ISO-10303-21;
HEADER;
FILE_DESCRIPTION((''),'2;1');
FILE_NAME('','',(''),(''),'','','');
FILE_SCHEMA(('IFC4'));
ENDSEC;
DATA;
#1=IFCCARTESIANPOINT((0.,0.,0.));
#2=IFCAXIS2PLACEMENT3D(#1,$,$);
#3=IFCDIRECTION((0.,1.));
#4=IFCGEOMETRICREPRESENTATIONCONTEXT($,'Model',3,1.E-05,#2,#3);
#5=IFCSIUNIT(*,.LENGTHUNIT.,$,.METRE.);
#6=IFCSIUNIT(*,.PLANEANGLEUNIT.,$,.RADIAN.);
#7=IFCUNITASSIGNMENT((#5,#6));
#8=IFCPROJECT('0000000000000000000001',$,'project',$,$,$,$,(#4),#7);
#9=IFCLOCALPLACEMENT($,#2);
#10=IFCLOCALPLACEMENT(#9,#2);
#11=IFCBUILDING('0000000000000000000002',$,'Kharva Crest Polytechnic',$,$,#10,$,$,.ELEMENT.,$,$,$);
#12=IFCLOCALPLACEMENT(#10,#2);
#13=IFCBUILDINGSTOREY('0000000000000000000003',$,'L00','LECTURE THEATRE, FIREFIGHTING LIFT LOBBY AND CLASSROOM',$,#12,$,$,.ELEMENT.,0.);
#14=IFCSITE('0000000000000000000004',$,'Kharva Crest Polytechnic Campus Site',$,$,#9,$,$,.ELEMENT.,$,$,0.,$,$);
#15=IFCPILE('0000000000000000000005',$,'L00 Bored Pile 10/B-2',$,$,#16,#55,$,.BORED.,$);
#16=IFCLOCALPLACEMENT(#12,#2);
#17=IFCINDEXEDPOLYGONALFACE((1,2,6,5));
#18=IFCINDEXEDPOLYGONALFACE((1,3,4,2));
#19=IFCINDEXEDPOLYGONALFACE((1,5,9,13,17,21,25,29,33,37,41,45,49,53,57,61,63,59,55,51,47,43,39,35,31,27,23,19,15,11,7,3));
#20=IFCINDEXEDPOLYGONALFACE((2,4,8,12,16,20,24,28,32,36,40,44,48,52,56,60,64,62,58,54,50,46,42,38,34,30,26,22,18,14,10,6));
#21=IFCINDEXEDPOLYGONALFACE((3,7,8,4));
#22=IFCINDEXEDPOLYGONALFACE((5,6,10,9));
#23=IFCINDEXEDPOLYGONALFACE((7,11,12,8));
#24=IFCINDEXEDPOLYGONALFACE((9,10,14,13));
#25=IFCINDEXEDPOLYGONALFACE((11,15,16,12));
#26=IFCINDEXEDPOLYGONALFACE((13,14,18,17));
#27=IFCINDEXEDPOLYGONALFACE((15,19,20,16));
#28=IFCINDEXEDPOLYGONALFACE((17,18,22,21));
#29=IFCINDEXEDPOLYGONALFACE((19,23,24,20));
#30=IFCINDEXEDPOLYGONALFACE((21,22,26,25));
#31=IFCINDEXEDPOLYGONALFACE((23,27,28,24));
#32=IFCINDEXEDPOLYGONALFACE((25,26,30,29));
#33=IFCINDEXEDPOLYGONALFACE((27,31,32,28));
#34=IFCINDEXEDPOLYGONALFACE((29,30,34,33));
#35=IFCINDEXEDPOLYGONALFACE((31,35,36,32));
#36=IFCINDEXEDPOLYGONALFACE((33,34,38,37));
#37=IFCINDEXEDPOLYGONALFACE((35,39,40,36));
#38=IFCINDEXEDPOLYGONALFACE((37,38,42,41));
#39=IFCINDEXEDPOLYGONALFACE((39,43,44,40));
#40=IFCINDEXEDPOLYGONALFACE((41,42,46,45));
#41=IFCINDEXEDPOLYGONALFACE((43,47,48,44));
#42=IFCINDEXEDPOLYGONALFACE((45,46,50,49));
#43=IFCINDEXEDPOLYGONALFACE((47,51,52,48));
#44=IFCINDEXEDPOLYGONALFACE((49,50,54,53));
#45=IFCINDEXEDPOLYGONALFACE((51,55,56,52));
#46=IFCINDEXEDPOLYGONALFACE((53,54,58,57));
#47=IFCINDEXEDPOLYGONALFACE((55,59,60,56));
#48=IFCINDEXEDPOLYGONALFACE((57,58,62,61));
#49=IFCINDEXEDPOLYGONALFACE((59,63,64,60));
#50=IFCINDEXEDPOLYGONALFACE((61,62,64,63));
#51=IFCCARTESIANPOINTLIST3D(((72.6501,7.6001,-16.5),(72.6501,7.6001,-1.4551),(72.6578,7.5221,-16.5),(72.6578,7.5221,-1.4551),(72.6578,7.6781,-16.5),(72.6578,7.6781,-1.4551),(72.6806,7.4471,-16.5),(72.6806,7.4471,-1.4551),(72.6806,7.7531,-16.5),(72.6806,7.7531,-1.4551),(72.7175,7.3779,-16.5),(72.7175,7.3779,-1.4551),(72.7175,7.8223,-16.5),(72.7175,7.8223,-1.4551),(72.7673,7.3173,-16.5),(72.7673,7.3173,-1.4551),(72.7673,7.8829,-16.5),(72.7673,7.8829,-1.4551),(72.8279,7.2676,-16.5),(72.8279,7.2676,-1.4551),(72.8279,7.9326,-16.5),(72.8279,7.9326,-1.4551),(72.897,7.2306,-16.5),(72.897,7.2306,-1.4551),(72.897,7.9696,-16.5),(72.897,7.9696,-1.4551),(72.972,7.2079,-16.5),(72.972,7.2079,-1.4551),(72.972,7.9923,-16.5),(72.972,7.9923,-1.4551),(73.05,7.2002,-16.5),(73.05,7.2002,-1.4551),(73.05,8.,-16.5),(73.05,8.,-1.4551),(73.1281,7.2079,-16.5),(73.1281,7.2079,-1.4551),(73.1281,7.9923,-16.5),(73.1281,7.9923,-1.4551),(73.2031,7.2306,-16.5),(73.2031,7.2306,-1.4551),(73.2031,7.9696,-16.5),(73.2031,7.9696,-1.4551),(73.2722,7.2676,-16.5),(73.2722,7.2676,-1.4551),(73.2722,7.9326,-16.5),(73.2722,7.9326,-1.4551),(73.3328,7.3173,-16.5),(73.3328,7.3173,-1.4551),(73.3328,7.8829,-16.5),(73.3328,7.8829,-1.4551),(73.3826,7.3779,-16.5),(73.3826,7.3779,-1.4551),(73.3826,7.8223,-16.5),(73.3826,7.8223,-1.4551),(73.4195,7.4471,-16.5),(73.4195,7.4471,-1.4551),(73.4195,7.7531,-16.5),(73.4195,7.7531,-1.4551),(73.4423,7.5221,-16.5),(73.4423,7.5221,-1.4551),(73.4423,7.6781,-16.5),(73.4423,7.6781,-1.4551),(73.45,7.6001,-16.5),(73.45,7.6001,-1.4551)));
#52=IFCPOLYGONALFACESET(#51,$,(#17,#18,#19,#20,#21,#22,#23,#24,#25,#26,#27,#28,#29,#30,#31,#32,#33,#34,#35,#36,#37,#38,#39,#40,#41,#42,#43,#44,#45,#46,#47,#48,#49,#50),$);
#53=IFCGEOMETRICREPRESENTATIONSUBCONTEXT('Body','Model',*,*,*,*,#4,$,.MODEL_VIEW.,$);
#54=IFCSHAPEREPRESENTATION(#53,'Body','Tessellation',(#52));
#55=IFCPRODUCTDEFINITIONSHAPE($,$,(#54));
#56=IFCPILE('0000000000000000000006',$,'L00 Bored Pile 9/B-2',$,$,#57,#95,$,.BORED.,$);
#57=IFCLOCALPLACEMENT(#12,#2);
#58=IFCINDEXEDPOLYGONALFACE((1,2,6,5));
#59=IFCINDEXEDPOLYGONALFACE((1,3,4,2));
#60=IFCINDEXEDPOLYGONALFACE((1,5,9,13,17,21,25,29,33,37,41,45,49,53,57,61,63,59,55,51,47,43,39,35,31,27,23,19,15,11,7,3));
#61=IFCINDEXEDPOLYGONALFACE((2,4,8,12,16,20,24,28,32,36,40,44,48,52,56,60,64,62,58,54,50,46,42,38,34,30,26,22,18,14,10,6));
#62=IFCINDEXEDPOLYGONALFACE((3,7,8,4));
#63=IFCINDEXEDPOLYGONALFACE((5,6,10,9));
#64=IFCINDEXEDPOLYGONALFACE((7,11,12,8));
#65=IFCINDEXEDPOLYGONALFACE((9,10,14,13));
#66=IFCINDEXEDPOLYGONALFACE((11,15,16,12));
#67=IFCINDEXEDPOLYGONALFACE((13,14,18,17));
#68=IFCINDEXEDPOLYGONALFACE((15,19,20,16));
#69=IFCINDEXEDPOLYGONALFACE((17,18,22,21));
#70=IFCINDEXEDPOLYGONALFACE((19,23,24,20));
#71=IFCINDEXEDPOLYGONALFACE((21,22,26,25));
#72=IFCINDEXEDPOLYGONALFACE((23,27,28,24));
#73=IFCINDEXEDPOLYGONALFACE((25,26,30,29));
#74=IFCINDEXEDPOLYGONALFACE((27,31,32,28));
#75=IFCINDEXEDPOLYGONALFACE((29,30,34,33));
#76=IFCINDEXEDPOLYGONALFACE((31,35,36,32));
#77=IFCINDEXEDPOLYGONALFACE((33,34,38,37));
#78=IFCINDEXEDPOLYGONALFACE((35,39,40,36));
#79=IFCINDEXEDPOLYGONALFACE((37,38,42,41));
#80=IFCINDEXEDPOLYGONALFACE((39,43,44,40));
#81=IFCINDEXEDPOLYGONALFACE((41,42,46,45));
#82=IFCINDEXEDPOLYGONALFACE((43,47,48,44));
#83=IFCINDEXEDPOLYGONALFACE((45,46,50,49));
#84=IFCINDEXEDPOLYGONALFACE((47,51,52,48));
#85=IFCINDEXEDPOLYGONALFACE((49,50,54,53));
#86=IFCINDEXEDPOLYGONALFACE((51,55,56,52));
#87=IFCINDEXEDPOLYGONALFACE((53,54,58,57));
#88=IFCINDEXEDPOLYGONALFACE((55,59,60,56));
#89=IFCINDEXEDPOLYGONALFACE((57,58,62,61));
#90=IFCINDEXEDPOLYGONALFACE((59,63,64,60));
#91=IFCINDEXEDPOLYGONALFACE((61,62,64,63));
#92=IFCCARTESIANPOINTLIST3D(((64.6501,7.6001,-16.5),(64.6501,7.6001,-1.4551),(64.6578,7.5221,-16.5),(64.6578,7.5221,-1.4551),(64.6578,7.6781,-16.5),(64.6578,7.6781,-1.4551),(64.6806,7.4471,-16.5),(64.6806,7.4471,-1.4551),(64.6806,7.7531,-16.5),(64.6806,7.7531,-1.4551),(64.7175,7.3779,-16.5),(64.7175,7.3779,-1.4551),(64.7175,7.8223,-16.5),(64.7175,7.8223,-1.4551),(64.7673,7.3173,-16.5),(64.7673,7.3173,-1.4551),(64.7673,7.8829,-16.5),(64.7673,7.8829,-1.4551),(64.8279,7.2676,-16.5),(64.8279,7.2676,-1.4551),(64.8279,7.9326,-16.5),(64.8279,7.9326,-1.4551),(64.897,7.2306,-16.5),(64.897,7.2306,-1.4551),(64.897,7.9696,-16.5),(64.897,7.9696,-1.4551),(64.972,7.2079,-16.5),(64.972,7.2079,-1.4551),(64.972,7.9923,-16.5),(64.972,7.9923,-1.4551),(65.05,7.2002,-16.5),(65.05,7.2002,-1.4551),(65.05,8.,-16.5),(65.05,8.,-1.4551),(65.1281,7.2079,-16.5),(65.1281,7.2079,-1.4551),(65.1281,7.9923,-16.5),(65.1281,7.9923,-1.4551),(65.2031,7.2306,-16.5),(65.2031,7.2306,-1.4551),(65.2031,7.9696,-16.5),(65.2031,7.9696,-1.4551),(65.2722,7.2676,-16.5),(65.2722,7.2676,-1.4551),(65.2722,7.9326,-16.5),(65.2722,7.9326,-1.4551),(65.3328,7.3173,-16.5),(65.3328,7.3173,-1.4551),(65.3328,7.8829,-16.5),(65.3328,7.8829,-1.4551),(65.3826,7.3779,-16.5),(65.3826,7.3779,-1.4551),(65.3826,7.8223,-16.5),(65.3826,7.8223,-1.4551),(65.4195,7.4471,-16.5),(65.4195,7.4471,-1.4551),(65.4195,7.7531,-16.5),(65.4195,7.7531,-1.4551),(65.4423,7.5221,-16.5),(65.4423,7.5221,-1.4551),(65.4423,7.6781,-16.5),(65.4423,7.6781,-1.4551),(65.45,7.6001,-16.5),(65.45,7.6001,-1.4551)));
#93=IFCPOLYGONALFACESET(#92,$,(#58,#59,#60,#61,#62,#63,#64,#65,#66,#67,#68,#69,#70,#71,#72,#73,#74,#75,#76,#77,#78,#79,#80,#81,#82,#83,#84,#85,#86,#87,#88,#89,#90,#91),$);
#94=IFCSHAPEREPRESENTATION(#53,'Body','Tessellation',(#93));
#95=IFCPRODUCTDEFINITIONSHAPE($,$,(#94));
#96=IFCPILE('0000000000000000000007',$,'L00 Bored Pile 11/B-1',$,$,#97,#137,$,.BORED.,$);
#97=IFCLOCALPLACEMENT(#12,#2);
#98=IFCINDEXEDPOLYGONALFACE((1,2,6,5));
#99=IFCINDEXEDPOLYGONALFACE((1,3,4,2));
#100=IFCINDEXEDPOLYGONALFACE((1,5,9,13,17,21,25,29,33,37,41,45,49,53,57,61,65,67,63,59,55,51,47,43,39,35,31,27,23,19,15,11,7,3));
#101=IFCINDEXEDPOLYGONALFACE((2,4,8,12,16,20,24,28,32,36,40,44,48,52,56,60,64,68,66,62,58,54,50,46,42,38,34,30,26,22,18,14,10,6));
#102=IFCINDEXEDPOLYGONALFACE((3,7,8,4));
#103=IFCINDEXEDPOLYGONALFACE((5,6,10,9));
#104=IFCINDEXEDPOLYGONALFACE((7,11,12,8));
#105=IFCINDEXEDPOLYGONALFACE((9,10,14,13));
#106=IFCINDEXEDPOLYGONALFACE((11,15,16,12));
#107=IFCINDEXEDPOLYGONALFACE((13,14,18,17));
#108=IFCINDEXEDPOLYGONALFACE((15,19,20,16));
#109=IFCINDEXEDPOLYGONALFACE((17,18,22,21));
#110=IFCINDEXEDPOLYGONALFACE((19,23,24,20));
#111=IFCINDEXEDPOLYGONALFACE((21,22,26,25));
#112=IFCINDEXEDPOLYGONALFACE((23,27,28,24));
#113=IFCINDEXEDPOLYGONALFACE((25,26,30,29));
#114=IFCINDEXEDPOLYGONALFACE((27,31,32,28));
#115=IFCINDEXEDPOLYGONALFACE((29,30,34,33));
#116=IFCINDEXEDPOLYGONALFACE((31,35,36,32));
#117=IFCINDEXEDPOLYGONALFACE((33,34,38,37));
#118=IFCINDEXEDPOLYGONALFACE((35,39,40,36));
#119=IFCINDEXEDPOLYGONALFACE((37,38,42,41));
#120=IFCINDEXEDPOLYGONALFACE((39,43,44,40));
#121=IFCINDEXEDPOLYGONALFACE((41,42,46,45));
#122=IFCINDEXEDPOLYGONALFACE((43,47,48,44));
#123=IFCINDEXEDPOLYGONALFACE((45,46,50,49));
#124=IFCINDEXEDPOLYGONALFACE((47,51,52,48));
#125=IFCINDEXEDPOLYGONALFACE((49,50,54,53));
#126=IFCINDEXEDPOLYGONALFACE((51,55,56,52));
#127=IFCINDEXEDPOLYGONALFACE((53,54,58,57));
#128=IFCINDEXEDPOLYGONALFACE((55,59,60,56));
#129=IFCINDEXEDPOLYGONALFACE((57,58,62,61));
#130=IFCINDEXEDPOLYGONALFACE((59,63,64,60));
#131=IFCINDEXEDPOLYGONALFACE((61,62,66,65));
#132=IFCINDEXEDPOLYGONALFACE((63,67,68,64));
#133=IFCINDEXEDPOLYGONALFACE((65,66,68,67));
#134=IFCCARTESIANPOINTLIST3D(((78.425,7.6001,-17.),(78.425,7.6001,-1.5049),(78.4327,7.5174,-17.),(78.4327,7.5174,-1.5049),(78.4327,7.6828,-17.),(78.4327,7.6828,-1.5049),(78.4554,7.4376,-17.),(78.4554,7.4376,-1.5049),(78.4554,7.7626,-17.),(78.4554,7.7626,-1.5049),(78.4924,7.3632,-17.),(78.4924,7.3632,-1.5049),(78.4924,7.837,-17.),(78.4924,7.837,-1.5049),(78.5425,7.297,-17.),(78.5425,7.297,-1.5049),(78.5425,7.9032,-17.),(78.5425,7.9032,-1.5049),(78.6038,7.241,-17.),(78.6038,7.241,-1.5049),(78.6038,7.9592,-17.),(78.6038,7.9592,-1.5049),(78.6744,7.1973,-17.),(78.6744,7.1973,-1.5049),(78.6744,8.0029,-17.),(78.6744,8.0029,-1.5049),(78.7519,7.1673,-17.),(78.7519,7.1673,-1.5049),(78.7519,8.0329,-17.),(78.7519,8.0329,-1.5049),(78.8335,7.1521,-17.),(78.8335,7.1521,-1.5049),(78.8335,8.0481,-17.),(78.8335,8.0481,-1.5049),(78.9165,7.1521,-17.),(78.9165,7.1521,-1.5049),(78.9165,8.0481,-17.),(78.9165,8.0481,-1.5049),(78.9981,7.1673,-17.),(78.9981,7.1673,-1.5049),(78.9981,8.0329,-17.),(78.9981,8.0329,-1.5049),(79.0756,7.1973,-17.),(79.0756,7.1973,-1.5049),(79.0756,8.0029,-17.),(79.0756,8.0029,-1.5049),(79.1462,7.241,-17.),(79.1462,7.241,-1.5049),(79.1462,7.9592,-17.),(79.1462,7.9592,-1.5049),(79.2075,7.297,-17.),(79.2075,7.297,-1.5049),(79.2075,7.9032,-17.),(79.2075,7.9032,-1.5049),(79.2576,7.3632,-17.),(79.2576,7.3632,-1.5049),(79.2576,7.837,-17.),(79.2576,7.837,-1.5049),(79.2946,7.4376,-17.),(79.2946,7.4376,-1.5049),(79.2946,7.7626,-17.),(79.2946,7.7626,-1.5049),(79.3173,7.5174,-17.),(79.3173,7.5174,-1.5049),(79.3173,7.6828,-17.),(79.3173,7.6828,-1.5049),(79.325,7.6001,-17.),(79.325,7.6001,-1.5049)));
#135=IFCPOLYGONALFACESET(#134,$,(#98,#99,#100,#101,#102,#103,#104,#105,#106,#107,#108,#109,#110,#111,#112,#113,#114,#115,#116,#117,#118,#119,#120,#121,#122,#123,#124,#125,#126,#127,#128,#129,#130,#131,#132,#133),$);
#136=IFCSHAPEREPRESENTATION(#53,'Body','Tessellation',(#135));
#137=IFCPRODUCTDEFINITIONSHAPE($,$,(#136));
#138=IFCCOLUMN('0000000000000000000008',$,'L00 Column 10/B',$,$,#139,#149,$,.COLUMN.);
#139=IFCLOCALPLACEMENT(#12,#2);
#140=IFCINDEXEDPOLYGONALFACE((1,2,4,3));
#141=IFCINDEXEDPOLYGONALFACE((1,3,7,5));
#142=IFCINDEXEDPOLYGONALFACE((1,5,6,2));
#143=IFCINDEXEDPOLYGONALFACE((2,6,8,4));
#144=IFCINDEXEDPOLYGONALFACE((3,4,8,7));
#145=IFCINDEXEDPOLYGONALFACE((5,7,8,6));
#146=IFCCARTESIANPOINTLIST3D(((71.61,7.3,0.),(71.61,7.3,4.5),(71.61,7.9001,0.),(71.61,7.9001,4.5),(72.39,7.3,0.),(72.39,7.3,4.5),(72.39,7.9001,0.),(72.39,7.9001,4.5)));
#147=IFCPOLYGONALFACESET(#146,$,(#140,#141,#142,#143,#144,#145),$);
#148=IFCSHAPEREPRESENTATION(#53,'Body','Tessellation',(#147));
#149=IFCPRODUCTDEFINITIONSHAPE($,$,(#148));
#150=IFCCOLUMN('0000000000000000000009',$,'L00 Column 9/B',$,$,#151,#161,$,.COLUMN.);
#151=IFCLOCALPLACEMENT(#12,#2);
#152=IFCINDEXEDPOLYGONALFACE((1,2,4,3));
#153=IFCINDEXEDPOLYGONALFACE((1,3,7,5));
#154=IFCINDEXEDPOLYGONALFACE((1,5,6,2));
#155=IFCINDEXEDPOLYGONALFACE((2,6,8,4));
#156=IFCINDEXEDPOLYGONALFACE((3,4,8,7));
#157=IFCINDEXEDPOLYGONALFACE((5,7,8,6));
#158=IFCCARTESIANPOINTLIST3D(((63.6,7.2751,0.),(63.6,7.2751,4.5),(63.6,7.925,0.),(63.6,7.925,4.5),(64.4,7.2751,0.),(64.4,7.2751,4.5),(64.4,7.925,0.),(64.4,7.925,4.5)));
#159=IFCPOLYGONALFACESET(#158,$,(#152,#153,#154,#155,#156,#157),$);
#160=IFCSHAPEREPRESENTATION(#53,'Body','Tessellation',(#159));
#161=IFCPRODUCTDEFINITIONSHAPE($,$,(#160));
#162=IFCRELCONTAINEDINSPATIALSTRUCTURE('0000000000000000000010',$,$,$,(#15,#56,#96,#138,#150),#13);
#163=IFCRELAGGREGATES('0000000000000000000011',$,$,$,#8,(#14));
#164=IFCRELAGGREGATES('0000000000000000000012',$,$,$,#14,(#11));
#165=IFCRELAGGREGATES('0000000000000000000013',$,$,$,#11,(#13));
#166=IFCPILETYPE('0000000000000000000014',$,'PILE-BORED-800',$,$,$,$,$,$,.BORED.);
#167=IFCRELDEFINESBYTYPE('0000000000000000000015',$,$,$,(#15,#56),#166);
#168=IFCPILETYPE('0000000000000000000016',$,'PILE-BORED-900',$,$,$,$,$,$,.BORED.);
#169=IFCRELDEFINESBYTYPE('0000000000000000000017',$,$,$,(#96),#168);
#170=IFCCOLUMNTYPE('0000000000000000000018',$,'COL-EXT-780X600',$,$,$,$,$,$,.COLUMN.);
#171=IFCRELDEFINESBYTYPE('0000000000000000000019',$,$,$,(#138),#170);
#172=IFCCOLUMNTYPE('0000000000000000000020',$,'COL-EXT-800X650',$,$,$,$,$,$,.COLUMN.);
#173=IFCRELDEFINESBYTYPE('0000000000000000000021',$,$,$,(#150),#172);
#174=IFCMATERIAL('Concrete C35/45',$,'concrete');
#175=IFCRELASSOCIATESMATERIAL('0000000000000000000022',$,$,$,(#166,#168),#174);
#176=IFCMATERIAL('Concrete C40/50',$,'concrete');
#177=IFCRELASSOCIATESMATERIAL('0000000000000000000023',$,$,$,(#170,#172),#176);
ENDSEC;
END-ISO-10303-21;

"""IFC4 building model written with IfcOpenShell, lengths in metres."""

from ifc_helpers import new_model, si_unit, direction, frame, origin, origin_2d, place, context, subcontext, project, spatial, rectangle, circle, extrude, material, material_profile, profile_set, type_object, element, save


model = new_model("IFC4")

# Units and contexts
model_context = context("Model", 3, precision=1e-05, world=origin(), true_north=direction((0.0, 1.0)))
body_context = subcontext(model_context, "Body", "Model", "MODEL_VIEW")
ifc_project = project(units=[si_unit("LENGTHUNIT", "METRE"), si_unit("PLANEANGLEUNIT", "RADIAN")], contexts=[model_context])

# Site, building, storey
site_placement = place(None, origin())
site = spatial("IfcSite", under=ifc_project, at=site_placement, Name="Kharva Crest Polytechnic Campus Site", CompositionType="ELEMENT", RefElevation=0.0)
building_placement = place(site_placement, origin())
building = spatial("IfcBuilding", under=site, at=building_placement, Name="Kharva Crest Polytechnic", CompositionType="ELEMENT")
storey_placement = place(building_placement, origin())
storey = spatial("IfcBuildingStorey", under=building, at=storey_placement, Name="L00", Description="LECTURE THEATRE, FIREFIGHTING LIFT LOBBY AND CLASSROOM", CompositionType="ELEMENT", Elevation=0.0)

# Shared definitions
ifc_material_1 = material(Name="Concrete C35/45", Category="concrete")

# Piles
ifc_material_profile_1 = material_profile(ifc_material_1, circle(Radius=0.3999, at=origin_2d()), Name="DIA 800")
ifc_profile_set_1 = profile_set([ifc_material_profile_1], Name="Concrete C35/45")
pile_type_1 = type_object("IfcPileType", Name="PILE-BORED-800", PredefinedType="BORED", material=ifc_profile_set_1)
for number, where, z_axis, x_axis, name in (
    (1, (73.05, 7.6001, -1.4551), (0.0, 0.0, -1.0), (1.0, 0.0, 0.0), "L00 Bored Pile 10/B-2"),
    (2, (65.05, 7.6001, -1.4551), (0.0, 0.0, -1.0), (1.0, 0.0, 0.0), "L00 Bored Pile 9/B-2"),
):
    element("IfcPile", number, at=place(storey_placement, frame(where, z_axis=z_axis, x_axis=x_axis)), inside=storey, type_object=pile_type_1, Name=name, PredefinedType="BORED", context=body_context, shape_type="SweptSolid", body=[
        extrude(circle(Radius=0.3999, at=origin_2d()), origin(), (0.0, 0.0, 1.0), 15.0449),
    ])
ifc_material_profile_2 = material_profile(ifc_material_1, circle(Radius=0.45, at=origin_2d()), Name="DIA 900")
ifc_profile_set_2 = profile_set([ifc_material_profile_2], Name="Concrete C35/45")
pile_type_2 = type_object("IfcPileType", Name="PILE-BORED-900", PredefinedType="BORED", material=ifc_profile_set_2)
pile_placement = place(storey_placement, frame((78.875, 7.6001, -1.5049), z_axis=(0.0, 0.0, -1.0), x_axis=(1.0, 0.0, 0.0)))
element("IfcPile", 3, at=pile_placement, inside=storey, type_object=pile_type_2, Name="L00 Bored Pile 11/B-1", PredefinedType="BORED", context=body_context, shape_type="SweptSolid", body=[
    extrude(circle(Radius=0.45, at=origin_2d()), origin(), (0.0, 0.0, 1.0), 15.4951),
])

# Columns
ifc_material_2 = material(Name="Concrete C40/50", Category="concrete")
ifc_material_profile_3 = material_profile(ifc_material_2, rectangle(XDim=0.78, YDim=0.6001, at=origin_2d()), Name="RECT 780 X 600")
ifc_profile_set_3 = profile_set([ifc_material_profile_3], Name="Concrete C40/50")
column_type_1 = type_object("IfcColumnType", Name="COL-EXT-780X600", PredefinedType="COLUMN", material=ifc_profile_set_3)
column_1_placement = place(storey_placement, frame((72.0, 7.6001, 0.0), z_axis=(0.0, 0.0, 1.0), x_axis=(1.0, 0.0, 0.0)))
element("IfcColumn", 4, at=column_1_placement, inside=storey, type_object=column_type_1, Name="L00 Column 10/B", PredefinedType="COLUMN", context=body_context, shape_type="SweptSolid", body=[
    extrude(rectangle(XDim=0.78, YDim=0.6001, at=origin_2d()), origin(), (0.0, 0.0, 1.0), 4.5),
])
ifc_material_profile_4 = material_profile(ifc_material_2, rectangle(XDim=0.8, YDim=0.6499, at=origin_2d()), Name="RECT 800 X 650")
ifc_profile_set_4 = profile_set([ifc_material_profile_4], Name="Concrete C40/50")
column_type_2 = type_object("IfcColumnType", Name="COL-EXT-800X650", PredefinedType="COLUMN", material=ifc_profile_set_4)
column_2_placement = place(storey_placement, frame((64.0, 7.6001, 0.0), z_axis=(0.0, 0.0, 1.0), x_axis=(1.0, 0.0, 0.0)))
element("IfcColumn", 5, at=column_2_placement, inside=storey, type_object=column_type_2, Name="L00 Column 9/B", PredefinedType="COLUMN", context=body_context, shape_type="SweptSolid", body=[
    extrude(rectangle(XDim=0.8, YDim=0.6499, at=origin_2d()), origin(), (0.0, 0.0, 1.0), 4.5),
])

save(model, "model.ifc")
